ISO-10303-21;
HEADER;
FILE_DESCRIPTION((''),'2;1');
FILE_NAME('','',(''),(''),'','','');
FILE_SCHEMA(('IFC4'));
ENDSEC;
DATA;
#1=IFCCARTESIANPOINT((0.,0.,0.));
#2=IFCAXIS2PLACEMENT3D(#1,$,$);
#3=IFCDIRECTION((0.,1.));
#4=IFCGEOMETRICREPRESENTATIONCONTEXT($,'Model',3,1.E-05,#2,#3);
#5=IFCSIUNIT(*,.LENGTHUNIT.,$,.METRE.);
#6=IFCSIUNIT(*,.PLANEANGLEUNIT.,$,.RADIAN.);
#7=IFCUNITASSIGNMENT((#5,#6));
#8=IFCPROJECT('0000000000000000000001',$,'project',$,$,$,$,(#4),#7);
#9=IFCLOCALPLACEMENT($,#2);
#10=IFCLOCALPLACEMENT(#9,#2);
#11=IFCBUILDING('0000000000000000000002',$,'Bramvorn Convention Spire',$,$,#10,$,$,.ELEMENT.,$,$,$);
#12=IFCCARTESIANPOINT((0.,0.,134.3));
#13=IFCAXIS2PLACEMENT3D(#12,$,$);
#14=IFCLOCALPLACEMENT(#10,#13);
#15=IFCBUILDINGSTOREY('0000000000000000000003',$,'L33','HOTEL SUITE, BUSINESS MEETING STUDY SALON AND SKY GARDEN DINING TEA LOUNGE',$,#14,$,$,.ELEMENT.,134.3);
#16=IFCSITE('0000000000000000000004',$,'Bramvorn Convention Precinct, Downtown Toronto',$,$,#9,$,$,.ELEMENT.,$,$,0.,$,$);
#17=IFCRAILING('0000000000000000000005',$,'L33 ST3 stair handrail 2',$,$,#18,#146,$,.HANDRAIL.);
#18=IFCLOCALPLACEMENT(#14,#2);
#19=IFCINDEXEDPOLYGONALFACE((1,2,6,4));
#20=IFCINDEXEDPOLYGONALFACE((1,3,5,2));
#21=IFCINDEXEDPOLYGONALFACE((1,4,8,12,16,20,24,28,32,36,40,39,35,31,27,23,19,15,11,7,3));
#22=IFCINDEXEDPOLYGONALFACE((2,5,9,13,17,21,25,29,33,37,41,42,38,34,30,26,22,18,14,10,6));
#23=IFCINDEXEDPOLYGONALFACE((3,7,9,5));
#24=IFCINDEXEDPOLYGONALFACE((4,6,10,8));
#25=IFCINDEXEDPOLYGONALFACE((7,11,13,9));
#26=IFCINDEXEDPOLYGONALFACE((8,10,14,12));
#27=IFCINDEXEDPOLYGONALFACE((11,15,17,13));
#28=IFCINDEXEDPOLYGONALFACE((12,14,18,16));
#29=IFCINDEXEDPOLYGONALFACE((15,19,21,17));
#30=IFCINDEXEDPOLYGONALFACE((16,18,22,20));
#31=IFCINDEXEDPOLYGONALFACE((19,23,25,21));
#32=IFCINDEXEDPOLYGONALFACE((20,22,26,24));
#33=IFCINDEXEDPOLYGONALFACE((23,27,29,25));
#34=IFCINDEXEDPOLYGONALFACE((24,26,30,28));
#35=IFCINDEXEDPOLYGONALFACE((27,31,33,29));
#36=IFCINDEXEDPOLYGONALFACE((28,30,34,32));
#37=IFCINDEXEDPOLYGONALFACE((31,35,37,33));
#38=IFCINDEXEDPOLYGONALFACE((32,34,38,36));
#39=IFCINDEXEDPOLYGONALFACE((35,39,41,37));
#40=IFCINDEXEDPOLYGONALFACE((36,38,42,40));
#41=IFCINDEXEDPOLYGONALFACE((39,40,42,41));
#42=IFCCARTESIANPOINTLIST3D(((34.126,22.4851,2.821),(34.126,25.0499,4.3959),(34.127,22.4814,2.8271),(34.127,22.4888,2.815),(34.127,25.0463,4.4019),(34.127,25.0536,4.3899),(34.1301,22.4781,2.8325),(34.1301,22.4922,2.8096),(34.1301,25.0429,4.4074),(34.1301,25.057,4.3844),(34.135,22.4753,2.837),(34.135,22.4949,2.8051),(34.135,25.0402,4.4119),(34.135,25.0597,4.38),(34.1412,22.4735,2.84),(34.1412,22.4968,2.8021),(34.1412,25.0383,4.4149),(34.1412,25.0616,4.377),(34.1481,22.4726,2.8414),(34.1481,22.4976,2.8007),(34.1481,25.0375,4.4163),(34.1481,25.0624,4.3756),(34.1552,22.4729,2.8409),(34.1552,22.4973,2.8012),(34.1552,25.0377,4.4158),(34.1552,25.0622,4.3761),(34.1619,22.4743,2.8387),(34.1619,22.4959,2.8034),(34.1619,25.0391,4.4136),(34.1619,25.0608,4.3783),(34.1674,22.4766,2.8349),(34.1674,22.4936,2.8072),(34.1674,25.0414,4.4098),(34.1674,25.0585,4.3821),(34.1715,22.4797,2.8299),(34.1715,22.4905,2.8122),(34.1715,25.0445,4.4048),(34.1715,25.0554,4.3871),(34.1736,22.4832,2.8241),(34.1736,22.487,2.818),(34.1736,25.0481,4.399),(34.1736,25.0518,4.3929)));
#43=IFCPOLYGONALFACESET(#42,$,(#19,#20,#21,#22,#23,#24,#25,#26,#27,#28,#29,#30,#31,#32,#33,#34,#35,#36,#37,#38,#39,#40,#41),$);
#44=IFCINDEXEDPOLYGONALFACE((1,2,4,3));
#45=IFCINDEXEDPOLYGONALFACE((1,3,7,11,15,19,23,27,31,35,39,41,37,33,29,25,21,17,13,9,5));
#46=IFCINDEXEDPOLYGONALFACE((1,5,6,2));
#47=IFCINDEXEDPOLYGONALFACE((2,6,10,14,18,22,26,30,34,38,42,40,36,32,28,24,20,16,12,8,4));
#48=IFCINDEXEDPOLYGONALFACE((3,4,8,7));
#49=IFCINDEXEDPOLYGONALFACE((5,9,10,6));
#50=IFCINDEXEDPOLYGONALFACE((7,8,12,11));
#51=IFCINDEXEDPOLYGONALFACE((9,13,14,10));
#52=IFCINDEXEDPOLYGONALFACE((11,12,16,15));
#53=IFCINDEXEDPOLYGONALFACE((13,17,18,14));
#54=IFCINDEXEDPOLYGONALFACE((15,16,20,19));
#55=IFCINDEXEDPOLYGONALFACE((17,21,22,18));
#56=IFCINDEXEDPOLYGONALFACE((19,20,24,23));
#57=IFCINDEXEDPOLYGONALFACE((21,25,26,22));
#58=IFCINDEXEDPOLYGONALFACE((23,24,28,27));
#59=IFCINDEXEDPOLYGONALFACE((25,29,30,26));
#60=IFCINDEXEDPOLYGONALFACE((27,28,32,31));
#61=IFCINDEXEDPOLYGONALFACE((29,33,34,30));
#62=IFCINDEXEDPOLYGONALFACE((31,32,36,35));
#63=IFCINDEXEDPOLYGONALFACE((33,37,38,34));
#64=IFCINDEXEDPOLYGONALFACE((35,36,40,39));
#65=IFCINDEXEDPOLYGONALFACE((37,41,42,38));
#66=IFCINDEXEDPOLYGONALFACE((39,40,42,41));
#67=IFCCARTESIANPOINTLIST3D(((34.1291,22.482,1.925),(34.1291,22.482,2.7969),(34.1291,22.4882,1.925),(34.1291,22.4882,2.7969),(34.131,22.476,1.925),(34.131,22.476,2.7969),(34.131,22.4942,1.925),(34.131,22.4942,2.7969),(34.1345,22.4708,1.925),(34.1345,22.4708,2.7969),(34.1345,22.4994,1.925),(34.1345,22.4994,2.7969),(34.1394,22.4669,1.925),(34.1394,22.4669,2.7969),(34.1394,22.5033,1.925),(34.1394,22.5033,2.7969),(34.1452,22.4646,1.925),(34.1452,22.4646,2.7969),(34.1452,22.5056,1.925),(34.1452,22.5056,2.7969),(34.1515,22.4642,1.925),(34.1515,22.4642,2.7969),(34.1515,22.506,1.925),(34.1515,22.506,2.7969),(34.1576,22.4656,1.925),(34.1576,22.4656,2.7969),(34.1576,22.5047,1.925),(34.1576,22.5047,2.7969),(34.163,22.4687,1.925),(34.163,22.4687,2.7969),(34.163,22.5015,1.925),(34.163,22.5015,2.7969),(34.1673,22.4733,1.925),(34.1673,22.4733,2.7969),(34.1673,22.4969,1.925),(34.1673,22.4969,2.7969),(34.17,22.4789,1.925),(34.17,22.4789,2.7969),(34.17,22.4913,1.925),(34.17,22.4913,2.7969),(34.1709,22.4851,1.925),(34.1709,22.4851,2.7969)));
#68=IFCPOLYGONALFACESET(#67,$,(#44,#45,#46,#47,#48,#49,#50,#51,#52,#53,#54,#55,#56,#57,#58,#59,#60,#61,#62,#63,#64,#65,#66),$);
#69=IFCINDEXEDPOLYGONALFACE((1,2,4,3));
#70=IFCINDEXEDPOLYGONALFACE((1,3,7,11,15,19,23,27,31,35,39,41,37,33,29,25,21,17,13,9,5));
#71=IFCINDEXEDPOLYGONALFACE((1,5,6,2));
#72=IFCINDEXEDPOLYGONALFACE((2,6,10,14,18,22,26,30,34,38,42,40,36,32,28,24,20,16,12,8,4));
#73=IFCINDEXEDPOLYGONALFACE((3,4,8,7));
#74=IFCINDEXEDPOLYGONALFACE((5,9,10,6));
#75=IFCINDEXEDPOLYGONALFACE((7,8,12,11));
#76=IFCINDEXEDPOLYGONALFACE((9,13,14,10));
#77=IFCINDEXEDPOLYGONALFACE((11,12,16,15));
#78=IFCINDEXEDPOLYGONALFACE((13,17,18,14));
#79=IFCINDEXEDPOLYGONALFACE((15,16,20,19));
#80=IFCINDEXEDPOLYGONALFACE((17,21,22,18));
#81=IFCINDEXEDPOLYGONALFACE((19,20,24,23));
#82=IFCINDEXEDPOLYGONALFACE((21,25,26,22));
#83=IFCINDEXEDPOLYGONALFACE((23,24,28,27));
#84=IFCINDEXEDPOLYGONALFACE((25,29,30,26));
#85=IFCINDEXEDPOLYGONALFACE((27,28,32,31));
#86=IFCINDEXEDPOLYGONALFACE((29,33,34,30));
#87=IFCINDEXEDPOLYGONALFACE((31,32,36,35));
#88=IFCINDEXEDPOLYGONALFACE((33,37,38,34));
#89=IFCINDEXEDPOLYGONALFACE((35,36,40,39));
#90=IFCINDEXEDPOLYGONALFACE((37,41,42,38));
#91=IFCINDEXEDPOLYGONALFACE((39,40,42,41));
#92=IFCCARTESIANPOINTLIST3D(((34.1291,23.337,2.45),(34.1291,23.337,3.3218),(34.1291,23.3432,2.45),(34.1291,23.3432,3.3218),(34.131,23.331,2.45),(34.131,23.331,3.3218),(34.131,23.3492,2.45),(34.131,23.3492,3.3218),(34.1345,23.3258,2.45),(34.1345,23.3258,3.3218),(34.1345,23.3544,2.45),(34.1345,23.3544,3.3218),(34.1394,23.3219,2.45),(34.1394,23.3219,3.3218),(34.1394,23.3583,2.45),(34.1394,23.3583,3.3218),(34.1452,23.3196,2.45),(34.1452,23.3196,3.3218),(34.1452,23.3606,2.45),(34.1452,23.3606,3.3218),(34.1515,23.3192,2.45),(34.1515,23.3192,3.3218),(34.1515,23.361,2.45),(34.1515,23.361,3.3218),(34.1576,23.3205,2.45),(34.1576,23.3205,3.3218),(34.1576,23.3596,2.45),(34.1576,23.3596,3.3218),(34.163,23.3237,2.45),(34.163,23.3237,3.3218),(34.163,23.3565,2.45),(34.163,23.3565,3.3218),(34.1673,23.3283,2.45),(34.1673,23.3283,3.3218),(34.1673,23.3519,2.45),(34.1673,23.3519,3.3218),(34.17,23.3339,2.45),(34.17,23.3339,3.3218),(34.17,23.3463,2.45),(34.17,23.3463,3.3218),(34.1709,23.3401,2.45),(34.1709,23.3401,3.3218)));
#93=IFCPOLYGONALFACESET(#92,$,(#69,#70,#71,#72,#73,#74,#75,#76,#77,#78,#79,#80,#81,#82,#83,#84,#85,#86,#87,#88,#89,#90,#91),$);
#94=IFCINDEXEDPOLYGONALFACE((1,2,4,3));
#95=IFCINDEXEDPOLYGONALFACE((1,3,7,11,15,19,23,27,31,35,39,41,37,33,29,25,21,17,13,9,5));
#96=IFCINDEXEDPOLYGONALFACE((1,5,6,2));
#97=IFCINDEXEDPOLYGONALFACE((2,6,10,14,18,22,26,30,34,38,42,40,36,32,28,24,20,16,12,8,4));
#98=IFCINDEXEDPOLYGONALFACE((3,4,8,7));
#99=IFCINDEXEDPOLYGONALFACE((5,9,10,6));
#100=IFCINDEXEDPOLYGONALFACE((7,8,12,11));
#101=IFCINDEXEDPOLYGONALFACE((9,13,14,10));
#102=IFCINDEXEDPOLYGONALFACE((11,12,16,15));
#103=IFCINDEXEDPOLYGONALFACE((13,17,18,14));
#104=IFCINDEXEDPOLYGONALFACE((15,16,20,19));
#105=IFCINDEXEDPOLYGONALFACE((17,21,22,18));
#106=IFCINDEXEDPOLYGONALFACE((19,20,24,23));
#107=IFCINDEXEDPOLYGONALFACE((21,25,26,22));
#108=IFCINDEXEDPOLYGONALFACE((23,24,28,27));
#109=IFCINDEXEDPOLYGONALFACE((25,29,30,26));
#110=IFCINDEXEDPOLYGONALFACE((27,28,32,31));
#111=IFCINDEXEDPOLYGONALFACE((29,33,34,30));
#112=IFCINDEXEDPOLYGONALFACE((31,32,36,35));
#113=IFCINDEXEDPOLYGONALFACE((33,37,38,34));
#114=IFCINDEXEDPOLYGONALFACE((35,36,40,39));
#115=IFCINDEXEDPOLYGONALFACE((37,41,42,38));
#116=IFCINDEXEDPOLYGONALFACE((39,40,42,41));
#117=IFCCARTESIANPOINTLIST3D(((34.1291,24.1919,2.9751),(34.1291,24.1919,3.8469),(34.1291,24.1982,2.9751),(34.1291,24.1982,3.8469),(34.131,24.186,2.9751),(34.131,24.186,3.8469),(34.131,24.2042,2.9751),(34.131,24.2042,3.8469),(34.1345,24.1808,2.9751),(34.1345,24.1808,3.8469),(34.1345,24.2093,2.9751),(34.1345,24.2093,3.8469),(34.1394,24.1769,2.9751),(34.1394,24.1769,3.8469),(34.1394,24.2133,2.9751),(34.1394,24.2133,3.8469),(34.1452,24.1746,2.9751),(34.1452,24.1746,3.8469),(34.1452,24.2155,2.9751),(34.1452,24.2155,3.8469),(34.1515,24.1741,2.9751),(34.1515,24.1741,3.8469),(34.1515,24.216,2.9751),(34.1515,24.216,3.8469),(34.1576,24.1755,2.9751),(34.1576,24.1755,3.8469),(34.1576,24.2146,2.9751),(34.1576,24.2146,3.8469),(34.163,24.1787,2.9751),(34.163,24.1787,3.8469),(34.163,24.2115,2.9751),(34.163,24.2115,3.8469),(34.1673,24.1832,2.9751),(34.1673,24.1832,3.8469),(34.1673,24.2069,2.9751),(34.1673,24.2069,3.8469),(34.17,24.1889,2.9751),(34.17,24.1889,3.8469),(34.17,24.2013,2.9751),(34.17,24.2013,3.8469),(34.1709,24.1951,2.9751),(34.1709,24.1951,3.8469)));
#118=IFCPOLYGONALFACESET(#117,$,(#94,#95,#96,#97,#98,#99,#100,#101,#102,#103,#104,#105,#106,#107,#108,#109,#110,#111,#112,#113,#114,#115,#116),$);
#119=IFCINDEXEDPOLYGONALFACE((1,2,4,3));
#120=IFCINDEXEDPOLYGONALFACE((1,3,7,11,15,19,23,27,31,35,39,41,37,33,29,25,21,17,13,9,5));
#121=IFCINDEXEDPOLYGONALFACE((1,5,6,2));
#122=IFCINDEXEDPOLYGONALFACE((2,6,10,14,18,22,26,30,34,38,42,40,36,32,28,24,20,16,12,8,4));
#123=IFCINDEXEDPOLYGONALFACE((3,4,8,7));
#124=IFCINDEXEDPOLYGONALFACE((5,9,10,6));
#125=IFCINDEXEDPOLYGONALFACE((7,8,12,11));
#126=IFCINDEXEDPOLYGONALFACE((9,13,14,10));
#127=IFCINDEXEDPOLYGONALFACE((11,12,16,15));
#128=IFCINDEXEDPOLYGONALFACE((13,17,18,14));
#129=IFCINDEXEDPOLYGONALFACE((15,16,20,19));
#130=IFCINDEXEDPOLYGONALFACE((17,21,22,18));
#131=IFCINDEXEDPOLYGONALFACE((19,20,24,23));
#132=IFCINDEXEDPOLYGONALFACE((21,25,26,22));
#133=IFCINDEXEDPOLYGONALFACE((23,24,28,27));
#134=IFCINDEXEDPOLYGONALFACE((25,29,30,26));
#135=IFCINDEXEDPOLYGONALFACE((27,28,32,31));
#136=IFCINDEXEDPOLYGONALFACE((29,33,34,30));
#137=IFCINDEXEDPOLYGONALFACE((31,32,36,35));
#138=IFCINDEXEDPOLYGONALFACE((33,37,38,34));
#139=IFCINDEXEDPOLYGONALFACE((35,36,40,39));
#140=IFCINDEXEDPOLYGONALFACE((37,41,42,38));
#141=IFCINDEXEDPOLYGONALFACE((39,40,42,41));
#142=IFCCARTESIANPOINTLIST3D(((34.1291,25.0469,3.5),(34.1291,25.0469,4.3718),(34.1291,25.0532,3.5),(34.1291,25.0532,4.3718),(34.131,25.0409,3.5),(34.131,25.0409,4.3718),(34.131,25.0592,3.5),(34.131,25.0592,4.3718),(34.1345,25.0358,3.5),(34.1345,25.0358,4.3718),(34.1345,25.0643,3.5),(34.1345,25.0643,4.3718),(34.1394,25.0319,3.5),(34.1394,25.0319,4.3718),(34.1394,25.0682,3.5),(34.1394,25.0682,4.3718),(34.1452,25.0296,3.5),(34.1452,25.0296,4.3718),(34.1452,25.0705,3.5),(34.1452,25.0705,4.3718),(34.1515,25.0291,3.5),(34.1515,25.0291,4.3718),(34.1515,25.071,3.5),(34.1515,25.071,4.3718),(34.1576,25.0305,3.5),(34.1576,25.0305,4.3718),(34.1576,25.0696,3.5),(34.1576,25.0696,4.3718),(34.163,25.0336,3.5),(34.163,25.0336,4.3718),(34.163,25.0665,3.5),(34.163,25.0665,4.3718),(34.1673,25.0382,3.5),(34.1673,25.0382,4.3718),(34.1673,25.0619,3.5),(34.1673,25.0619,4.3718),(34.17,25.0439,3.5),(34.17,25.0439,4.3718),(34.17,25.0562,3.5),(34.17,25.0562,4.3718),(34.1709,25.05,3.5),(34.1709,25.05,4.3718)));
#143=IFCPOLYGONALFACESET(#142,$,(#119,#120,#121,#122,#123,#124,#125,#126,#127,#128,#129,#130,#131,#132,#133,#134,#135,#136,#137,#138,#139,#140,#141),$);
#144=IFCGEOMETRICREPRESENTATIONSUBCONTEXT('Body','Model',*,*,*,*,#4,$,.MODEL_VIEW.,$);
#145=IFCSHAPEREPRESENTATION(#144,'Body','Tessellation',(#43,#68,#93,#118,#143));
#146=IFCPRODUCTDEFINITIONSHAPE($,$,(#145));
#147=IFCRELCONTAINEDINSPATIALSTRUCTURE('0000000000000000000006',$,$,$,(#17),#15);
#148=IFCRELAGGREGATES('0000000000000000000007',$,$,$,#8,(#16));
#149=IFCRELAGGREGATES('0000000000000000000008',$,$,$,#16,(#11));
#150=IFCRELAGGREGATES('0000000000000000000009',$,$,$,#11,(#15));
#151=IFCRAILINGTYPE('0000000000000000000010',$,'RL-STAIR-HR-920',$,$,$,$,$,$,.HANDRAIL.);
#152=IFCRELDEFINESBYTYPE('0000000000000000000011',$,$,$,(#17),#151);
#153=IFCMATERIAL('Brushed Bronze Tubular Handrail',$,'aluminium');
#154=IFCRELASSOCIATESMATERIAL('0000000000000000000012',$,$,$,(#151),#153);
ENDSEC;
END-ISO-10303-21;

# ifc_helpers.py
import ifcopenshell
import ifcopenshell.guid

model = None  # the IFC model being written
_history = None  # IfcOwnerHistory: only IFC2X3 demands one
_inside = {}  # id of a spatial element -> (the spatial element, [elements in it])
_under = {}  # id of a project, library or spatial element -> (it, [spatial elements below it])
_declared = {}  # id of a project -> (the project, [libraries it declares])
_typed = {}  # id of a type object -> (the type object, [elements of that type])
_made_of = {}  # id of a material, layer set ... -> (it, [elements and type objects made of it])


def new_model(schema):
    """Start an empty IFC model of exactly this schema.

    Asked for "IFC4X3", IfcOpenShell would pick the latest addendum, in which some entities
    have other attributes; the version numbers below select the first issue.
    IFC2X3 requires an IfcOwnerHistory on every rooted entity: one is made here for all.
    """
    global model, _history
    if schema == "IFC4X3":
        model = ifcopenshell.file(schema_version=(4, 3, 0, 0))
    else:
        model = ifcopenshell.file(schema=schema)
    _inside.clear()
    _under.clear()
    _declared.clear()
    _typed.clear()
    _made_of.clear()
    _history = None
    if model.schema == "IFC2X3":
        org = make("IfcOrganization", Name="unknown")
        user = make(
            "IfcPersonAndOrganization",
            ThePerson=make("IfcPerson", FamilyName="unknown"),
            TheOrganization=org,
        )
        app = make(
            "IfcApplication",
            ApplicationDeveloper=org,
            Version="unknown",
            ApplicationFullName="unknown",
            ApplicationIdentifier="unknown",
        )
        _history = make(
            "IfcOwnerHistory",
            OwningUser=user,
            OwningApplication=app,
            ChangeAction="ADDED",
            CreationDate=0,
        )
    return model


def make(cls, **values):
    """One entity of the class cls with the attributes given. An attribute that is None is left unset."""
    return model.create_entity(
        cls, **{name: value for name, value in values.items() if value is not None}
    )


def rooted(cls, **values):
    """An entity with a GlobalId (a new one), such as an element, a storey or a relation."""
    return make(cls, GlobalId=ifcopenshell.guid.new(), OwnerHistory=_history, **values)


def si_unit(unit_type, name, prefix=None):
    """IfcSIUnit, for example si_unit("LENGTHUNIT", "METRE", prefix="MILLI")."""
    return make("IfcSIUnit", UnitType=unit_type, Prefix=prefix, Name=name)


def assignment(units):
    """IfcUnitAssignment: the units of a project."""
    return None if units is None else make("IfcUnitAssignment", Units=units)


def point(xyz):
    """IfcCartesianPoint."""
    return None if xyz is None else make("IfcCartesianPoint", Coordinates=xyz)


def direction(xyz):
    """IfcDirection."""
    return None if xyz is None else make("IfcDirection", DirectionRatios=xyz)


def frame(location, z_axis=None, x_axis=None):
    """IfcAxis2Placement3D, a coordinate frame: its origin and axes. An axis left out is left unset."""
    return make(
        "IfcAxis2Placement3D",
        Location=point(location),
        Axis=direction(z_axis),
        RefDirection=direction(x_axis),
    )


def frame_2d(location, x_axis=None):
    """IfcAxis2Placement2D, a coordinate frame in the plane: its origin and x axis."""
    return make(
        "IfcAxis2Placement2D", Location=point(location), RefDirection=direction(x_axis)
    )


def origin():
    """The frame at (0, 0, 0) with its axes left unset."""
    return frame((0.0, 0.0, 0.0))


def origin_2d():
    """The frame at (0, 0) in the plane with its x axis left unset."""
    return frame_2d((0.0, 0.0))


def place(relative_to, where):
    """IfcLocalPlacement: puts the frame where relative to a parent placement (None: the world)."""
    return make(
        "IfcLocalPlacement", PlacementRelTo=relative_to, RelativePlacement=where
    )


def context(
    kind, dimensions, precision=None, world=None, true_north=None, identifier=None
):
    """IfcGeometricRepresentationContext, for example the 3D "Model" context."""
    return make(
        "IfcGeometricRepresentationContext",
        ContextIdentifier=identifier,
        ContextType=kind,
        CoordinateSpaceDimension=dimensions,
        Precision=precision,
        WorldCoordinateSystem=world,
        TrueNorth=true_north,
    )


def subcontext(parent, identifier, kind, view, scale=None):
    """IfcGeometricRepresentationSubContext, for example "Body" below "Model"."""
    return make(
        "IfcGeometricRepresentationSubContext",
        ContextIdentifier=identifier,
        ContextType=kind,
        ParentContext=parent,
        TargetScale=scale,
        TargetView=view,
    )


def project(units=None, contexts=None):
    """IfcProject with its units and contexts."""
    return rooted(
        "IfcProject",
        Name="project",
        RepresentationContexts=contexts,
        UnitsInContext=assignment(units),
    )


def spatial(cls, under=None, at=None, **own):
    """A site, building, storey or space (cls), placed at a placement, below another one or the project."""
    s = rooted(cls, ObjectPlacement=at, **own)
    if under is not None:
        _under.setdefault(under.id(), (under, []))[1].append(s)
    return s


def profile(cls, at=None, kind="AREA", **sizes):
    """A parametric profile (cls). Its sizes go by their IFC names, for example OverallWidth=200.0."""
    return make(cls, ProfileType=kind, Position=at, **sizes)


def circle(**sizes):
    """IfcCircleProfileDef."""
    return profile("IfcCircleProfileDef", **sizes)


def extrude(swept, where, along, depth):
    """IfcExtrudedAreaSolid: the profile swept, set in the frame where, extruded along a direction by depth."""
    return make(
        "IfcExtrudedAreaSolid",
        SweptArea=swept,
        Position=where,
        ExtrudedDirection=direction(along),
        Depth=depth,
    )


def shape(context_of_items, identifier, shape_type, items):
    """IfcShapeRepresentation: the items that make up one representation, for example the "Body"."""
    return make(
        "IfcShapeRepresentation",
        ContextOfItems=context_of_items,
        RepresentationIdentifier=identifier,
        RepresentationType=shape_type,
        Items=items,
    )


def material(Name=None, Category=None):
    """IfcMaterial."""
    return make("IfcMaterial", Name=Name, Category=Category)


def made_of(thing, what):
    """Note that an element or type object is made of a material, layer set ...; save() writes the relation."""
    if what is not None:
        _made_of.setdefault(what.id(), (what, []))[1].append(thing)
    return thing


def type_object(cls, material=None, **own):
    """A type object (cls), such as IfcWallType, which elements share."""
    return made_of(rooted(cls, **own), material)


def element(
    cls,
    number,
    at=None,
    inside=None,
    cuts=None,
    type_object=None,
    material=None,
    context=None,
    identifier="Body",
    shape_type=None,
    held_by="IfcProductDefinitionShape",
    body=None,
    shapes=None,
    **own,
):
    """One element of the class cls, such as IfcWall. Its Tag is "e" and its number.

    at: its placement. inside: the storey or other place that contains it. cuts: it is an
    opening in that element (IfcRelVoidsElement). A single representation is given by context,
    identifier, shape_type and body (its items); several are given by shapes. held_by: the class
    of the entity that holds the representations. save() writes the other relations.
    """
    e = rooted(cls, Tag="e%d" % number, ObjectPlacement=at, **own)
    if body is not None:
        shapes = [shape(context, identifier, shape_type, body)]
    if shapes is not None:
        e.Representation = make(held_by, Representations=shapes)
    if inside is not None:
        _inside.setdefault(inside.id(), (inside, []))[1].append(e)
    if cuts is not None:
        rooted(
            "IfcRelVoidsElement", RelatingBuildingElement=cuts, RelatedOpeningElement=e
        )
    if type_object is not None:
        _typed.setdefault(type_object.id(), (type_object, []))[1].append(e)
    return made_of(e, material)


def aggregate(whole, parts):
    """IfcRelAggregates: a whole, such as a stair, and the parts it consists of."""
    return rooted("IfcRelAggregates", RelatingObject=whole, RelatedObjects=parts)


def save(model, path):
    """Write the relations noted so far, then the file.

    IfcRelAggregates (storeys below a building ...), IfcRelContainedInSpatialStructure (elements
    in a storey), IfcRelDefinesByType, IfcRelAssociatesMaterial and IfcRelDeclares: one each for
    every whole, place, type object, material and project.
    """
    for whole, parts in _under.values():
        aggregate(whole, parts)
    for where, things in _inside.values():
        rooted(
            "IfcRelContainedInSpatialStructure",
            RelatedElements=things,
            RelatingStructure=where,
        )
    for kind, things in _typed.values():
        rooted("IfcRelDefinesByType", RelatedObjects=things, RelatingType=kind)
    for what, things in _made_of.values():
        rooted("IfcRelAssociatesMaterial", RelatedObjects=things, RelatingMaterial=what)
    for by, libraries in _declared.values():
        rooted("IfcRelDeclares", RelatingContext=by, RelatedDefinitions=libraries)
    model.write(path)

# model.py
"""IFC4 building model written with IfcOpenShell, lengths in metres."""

from ifc_helpers import new_model, si_unit, direction, frame, origin, origin_2d, place, context, subcontext, project, spatial, circle, extrude, material, type_object, element, save


model = new_model("IFC4")

# Units and contexts
model_context = context("Model", 3, precision=1e-05, world=origin(), true_north=direction((0.0, 1.0)))
body_context = subcontext(model_context, "Body", "Model", "MODEL_VIEW")
ifc_project = project(units=[si_unit("LENGTHUNIT", "METRE"), si_unit("PLANEANGLEUNIT", "RADIAN")], contexts=[model_context])

# Site, building, storey
site_placement = place(None, origin())
site = spatial("IfcSite", under=ifc_project, at=site_placement, Name="Bramvorn Convention Precinct, Downtown Toronto", CompositionType="ELEMENT", RefElevation=0.0)
building_placement = place(site_placement, origin())
building = spatial("IfcBuilding", under=site, at=building_placement, Name="Bramvorn Convention Spire", CompositionType="ELEMENT")
storey_placement = place(building_placement, frame((0.0, 0.0, 134.3)))
storey = spatial("IfcBuildingStorey", under=building, at=storey_placement, Name="L33", Description="HOTEL SUITE, BUSINESS MEETING STUDY SALON AND SKY GARDEN DINING TEA LOUNGE", CompositionType="ELEMENT", Elevation=134.3)

# Railing
ifc_material_1 = material(Name="Brushed Bronze Tubular Handrail", Category="aluminium")
railing_type_1 = type_object("IfcRailingType", Name="RL-STAIR-HR-920", PredefinedType="HANDRAIL", material=ifc_material_1)
railing_1_placement = place(storey_placement, frame((34.1499, 22.4851, 1.925)))
element("IfcRailing", 1, at=railing_1_placement, inside=storey, type_object=railing_type_1, Name="L33 ST3 stair handrail 2", PredefinedType="HANDRAIL", context=body_context, shape_type="SweptSolid", body=[
    extrude(circle(Radius=0.0239, at=origin_2d()), frame((0.0, 0.0, 0.896), z_axis=(0.0, 0.852173, 0.52326), x_axis=(-1.0, 0.0, 0.0)), (0.0, 0.0, 1.0), 3.0098),
    extrude(circle(Radius=0.021, at=origin_2d()), origin(), (0.0, 0.0, 1.0), 0.8718),
    extrude(circle(Radius=0.021, at=origin_2d()), frame((0.0, 0.855, 0.5249)), (0.0, 0.0, 1.0), 0.8718),
    extrude(circle(Radius=0.021, at=origin_2d()), frame((0.0, 1.71, 1.05)), (0.0, 0.0, 1.0), 0.8718),
    extrude(circle(Radius=0.021, at=origin_2d()), frame((0.0, 2.5649, 1.575)), (0.0, 0.0, 1.0), 0.8718),
])

save(model, "model.ifc")
